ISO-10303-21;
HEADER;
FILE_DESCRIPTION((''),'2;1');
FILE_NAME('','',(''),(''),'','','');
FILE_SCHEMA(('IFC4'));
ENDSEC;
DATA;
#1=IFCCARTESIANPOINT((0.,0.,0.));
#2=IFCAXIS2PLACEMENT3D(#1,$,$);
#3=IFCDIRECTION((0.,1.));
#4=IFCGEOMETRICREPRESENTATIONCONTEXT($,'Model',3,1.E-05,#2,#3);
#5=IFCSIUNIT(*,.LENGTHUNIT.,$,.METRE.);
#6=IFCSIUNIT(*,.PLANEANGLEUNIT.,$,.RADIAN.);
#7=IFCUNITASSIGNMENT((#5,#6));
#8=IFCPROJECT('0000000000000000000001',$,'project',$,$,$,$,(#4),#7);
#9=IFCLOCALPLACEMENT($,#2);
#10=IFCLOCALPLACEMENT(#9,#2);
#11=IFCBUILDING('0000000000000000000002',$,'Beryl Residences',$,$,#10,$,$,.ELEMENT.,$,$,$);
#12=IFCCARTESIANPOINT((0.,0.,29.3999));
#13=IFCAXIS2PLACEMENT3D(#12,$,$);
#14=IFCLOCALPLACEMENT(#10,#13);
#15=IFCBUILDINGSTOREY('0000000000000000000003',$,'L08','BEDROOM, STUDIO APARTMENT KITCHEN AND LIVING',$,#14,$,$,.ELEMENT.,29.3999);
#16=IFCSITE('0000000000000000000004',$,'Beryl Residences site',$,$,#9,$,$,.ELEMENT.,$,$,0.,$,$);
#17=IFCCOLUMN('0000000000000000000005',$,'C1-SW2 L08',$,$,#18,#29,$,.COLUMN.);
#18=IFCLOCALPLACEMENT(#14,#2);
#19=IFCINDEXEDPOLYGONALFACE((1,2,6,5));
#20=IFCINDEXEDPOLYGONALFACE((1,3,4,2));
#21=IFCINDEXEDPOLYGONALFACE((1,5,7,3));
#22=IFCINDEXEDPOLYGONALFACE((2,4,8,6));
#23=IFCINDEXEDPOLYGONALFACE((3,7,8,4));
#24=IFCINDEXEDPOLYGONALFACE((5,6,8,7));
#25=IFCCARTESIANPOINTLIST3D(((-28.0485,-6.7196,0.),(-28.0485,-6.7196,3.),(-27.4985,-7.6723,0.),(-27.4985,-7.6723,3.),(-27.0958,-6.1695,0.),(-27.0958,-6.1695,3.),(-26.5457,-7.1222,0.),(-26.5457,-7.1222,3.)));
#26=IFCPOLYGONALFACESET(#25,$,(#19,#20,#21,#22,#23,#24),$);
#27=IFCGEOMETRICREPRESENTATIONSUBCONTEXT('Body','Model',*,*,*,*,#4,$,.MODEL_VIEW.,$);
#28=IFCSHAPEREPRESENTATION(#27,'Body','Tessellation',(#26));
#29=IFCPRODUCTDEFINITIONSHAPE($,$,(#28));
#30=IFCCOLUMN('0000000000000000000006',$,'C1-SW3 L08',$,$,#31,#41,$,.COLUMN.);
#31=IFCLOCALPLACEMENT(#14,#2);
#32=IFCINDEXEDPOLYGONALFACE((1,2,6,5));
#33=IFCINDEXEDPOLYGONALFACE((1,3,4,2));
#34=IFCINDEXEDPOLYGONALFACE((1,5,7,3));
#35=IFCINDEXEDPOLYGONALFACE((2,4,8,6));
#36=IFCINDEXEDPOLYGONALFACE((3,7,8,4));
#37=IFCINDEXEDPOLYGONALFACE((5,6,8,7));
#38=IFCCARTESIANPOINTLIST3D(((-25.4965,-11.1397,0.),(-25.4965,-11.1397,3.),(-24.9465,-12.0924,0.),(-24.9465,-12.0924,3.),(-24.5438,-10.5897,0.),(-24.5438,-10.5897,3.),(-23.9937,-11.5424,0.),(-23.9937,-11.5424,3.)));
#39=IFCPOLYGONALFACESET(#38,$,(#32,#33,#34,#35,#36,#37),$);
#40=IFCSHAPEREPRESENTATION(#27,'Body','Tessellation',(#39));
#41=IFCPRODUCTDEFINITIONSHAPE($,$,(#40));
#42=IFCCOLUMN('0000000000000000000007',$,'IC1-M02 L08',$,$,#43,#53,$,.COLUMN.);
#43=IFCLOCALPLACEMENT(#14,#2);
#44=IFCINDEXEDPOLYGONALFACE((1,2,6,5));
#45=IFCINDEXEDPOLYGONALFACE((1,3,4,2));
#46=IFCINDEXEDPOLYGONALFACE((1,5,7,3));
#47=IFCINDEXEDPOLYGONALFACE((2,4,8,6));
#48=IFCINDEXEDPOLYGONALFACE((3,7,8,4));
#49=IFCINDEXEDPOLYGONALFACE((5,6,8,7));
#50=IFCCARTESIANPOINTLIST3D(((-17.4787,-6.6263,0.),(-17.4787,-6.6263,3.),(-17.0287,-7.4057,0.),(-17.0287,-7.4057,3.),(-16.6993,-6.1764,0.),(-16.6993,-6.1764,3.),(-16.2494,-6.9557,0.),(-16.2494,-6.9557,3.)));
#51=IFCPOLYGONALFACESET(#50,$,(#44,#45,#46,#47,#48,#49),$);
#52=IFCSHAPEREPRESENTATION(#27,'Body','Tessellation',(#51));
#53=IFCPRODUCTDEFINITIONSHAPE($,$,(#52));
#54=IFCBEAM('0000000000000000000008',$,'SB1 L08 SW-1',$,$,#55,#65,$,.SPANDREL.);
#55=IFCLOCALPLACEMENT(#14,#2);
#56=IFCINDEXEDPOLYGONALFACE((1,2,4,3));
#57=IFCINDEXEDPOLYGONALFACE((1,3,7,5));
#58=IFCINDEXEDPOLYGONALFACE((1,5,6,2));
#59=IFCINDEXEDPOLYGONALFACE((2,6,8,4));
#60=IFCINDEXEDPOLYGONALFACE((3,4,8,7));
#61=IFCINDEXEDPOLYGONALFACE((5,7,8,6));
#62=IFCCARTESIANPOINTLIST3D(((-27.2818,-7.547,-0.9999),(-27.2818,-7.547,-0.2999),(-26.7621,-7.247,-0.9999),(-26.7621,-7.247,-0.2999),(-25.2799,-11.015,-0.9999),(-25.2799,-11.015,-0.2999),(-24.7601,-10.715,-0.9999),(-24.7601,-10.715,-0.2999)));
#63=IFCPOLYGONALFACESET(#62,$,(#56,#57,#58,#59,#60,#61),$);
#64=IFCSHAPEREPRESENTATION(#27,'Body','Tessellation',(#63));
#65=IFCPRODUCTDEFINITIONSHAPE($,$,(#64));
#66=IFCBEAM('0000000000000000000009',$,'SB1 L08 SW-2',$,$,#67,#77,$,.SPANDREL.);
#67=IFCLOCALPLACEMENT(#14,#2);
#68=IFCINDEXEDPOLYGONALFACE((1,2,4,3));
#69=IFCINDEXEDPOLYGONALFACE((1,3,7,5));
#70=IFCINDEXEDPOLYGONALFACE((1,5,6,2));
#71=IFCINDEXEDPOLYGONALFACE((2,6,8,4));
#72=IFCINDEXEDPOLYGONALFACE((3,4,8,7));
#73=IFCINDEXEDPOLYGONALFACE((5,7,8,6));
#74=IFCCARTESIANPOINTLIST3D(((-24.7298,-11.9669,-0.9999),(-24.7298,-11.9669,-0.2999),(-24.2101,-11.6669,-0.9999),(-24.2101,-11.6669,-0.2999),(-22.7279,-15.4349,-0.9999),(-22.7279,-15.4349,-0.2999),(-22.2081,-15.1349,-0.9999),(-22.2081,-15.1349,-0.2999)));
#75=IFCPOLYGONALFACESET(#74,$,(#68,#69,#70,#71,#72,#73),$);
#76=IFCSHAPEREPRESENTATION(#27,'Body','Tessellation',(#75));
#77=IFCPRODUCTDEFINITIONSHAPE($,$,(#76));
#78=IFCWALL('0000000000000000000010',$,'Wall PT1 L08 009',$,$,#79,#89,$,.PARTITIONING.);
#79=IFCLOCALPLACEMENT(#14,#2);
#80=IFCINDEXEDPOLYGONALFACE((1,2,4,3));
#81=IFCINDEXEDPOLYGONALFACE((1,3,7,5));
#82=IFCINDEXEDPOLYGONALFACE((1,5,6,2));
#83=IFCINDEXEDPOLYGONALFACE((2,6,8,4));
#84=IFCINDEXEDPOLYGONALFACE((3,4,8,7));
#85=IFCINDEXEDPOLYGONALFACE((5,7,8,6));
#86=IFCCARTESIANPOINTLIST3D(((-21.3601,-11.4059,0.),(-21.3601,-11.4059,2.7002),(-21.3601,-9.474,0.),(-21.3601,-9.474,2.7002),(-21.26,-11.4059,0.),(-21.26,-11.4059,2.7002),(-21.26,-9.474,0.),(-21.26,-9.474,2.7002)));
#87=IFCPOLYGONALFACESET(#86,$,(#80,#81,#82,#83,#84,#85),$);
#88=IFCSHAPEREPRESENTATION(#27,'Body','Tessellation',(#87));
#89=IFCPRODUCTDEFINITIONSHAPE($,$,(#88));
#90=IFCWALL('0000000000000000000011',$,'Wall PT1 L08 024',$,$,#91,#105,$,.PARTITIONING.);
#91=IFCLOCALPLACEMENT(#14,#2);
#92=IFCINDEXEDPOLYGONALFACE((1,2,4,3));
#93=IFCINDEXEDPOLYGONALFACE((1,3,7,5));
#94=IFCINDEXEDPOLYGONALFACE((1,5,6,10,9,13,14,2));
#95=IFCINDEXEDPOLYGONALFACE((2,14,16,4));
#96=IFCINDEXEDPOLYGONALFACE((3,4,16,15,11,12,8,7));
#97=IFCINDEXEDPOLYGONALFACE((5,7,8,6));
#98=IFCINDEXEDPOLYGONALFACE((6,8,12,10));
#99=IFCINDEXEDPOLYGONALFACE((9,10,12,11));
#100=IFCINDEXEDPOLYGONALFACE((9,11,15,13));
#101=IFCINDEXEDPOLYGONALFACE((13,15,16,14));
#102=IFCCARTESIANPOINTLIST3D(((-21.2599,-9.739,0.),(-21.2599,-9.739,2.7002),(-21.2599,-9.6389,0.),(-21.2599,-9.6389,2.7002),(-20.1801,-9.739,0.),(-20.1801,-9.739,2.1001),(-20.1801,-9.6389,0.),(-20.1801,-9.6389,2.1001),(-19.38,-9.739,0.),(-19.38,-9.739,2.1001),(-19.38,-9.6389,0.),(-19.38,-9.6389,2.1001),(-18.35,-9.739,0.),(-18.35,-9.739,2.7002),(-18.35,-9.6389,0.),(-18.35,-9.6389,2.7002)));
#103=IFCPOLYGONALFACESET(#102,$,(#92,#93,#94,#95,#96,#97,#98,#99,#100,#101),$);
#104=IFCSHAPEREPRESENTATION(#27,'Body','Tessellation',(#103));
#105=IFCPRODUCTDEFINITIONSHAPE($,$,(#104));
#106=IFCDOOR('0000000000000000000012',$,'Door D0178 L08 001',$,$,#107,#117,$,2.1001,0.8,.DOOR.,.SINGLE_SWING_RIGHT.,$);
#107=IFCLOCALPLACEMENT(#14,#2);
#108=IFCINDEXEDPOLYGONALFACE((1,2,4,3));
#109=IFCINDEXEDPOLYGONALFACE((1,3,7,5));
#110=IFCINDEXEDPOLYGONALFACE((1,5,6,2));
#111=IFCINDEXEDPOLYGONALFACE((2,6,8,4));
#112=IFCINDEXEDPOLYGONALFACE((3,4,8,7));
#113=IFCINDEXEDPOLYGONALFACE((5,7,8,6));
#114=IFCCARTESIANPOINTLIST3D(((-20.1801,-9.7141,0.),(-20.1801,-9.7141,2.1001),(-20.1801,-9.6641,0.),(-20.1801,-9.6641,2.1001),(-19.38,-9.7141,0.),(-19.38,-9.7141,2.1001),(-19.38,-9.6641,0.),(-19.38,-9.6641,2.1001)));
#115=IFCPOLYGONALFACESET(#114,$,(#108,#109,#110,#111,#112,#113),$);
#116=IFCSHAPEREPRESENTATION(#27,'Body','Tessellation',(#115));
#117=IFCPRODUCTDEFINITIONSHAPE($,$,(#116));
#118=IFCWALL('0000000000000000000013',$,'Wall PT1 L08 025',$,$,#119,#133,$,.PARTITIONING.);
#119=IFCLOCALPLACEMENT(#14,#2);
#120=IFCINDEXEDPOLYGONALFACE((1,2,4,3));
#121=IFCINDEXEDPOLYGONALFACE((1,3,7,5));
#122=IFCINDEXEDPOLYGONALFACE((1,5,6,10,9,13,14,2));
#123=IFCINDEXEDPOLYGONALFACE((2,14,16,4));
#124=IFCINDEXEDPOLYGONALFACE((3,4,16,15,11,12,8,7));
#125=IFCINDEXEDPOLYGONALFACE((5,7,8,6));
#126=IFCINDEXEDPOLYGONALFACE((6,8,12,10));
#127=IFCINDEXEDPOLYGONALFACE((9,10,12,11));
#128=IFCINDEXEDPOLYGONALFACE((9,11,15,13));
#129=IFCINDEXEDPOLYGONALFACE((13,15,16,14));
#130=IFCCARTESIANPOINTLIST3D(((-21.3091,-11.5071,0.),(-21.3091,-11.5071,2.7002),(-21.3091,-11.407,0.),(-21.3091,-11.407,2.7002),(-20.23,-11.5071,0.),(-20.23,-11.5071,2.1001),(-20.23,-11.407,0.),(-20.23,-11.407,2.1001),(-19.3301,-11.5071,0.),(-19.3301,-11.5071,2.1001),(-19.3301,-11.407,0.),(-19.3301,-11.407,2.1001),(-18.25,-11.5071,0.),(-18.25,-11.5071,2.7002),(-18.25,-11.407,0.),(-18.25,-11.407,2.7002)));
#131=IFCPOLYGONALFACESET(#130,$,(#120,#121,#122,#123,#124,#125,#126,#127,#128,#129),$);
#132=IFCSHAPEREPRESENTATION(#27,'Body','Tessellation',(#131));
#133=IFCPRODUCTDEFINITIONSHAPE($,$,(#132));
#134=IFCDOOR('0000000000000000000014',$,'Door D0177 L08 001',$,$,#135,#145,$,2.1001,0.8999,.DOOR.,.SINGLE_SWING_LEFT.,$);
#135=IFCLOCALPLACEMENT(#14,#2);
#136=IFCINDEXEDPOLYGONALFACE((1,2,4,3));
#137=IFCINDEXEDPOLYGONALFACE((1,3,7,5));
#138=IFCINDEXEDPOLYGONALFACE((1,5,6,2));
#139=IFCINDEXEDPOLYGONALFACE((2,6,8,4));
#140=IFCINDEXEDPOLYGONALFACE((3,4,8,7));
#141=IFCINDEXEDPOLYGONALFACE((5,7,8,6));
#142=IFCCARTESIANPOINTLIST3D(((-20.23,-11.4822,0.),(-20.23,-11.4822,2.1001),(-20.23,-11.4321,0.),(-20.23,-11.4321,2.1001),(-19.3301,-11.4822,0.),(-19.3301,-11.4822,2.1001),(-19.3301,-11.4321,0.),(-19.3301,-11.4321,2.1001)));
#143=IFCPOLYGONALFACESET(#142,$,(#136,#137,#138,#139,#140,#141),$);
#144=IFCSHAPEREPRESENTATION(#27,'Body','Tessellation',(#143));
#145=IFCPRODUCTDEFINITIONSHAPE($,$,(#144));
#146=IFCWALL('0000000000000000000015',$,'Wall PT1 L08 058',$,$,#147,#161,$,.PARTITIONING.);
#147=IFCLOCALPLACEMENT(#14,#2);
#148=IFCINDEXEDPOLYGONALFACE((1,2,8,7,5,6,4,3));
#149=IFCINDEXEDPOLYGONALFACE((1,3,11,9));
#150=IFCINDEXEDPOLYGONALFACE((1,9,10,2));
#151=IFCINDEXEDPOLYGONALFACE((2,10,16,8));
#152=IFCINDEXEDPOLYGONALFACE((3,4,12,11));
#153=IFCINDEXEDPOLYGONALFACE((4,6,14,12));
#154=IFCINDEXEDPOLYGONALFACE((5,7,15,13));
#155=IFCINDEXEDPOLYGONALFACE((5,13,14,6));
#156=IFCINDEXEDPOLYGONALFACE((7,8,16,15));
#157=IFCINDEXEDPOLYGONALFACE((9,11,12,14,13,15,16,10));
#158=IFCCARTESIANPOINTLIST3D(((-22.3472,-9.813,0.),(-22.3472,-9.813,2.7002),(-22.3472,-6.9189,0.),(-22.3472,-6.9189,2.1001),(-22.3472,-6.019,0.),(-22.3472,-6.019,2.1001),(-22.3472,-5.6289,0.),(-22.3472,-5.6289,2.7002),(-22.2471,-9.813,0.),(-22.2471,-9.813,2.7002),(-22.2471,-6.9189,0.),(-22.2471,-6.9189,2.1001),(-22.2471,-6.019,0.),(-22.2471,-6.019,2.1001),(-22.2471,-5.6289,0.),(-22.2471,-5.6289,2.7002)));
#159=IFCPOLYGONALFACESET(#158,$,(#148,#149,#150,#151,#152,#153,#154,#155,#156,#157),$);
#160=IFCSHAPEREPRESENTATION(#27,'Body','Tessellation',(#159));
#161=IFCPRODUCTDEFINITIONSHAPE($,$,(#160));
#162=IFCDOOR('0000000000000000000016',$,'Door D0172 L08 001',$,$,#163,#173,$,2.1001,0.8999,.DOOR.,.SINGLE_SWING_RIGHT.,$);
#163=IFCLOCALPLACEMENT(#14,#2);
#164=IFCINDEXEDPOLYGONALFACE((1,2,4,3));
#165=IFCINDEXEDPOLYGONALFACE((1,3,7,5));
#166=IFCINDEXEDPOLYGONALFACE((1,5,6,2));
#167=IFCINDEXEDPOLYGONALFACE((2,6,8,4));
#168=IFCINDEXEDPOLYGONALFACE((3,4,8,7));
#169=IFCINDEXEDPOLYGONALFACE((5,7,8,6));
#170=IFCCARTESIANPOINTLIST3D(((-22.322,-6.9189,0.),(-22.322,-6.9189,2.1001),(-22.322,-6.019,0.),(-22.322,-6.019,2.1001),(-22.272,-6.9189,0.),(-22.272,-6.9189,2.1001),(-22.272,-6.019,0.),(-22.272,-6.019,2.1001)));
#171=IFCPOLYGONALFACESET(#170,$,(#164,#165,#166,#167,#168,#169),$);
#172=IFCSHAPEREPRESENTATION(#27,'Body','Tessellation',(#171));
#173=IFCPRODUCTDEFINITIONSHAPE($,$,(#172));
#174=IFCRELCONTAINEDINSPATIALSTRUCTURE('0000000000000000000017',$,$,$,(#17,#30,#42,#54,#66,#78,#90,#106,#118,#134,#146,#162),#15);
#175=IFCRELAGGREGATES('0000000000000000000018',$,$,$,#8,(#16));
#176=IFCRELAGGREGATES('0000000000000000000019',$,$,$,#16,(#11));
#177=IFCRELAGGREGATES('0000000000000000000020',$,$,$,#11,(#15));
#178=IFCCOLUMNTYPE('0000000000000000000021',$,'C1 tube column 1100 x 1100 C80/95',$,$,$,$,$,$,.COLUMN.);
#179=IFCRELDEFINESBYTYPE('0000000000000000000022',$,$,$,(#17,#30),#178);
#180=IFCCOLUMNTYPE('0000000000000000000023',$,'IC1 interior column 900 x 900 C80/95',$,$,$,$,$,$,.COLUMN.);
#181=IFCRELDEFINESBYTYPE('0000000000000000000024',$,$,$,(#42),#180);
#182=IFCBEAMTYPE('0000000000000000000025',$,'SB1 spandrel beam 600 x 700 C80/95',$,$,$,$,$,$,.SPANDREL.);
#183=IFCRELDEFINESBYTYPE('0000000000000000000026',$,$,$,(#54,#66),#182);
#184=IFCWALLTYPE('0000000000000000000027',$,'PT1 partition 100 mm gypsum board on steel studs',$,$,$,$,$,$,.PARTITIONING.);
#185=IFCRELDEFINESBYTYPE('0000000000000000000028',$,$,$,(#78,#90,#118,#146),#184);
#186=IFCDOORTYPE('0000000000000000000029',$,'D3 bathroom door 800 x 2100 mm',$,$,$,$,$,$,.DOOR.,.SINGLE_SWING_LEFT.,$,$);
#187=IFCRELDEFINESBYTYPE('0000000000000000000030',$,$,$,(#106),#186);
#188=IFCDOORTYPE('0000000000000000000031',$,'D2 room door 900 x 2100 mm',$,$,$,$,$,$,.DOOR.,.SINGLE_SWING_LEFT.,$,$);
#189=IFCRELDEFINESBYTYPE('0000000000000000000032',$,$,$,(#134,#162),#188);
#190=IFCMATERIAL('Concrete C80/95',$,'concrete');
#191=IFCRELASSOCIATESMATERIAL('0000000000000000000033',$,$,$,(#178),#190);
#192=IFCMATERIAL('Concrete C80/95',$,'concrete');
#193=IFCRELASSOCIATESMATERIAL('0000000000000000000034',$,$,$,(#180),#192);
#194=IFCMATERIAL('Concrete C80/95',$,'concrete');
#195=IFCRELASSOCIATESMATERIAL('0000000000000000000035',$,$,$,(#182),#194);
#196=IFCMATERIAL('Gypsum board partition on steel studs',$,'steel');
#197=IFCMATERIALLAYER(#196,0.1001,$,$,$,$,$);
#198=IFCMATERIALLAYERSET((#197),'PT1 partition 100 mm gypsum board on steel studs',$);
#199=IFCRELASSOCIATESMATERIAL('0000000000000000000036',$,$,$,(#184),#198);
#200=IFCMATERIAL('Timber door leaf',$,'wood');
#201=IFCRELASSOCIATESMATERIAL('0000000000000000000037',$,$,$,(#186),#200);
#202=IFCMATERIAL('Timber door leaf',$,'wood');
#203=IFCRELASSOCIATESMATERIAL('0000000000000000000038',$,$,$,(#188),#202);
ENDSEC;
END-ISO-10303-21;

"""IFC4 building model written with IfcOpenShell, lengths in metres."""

from ifc_helpers import new_model, si_unit, direction, frame, frame_2d, origin, origin_2d, place, context, subcontext, project, spatial, rectangle, extrude, material, layer, layer_set, material_profile, profile_set, type_object, element, fill, save


model = new_model("IFC4")

# Units and contexts
model_context = context("Model", 3, precision=1e-05, world=origin(), true_north=direction((0.0, 1.0)))
body_context = subcontext(model_context, "Body", "Model", "MODEL_VIEW")
ifc_project = project(units=[si_unit("LENGTHUNIT", "METRE"), si_unit("PLANEANGLEUNIT", "RADIAN")], contexts=[model_context])

# Site, building, storey
site_placement = place(None, origin())
site = spatial("IfcSite", under=ifc_project, at=site_placement, Name="Beryl Residences site", CompositionType="ELEMENT", RefElevation=0.0)
building_placement = place(site_placement, origin())
building = spatial("IfcBuilding", under=site, at=building_placement, Name="Beryl Residences", CompositionType="ELEMENT")
storey_placement = place(building_placement, frame((0.0, 0.0, 29.3999)))
storey = spatial("IfcBuildingStorey", under=building, at=storey_placement, Name="L08", Description="BEDROOM, STUDIO APARTMENT KITCHEN AND LIVING", CompositionType="ELEMENT", Elevation=29.3999)

# Columns
ifc_material_1 = material(Name="Concrete C80/95", Category="concrete")
ifc_material_profile_1 = material_profile(ifc_material_1, rectangle(XDim=1.1001, YDim=1.1001, at=origin_2d()))
ifc_profile_set_1 = profile_set([ifc_material_profile_1], Name="Concrete C80/95")
column_type_1 = type_object("IfcColumnType", Name="C1 tube column 1100 x 1100 C80/95", PredefinedType="COLUMN", material=ifc_profile_set_1)
for number, where, z_axis, x_axis, name in (
    (1, (-27.2971, -6.9209, 0.0), (0.0, 0.0, 1.0), (0.499985, -0.866034, 0.0), "C1-SW2 L08"),
    (2, (-24.7451, -11.3411, 0.0), (0.0, 0.0, 1.0), (0.499985, -0.866034, 0.0), "C1-SW3 L08"),
):
    element("IfcColumn", number, at=place(storey_placement, frame(where, z_axis=z_axis, x_axis=x_axis)), inside=storey, type_object=column_type_1, Name=name, PredefinedType="COLUMN", context=body_context, shape_type="SweptSolid", body=[
        extrude(rectangle(XDim=1.1001, YDim=1.1001, at=origin_2d()), origin(), (0.0, 0.0, 1.0), 3.0),
    ])
ifc_material_2 = material(Name="Concrete C80/95", Category="concrete")
ifc_material_profile_2 = material_profile(ifc_material_2, rectangle(XDim=0.8999, YDim=0.8999, at=origin_2d()))
ifc_profile_set_2 = profile_set([ifc_material_profile_2], Name="Concrete C80/95")
column_type_2 = type_object("IfcColumnType", Name="IC1 interior column 900 x 900 C80/95", PredefinedType="COLUMN", material=ifc_profile_set_2)
column_placement = place(storey_placement, frame((-16.864, -6.791, 0.0), z_axis=(0.0, 0.0, 1.0), x_axis=(0.499985, -0.866034, 0.0)))
element("IfcColumn", 3, at=column_placement, inside=storey, type_object=column_type_2, Name="IC1-M02 L08", PredefinedType="COLUMN", context=body_context, shape_type="SweptSolid", body=[
    extrude(rectangle(XDim=0.8999, YDim=0.8999, at=origin_2d()), origin(), (0.0, 0.0, 1.0), 3.0),
])

# Beams
ifc_material_3 = material(Name="Concrete C80/95", Category="concrete")
ifc_material_profile_3 = material_profile(ifc_material_3, rectangle(XDim=0.6001, YDim=0.7, at=origin_2d()))
ifc_profile_set_3 = profile_set([ifc_material_profile_3], Name="Concrete C80/95")
beam_type = type_object("IfcBeamType", Name="SB1 spandrel beam 600 x 700 C80/95", PredefinedType="SPANDREL", material=ifc_profile_set_3)
for number, where, z_axis, x_axis, name in (
    (4, (-27.022, -7.397, -0.6499), (0.499942, -0.866059, 0.0), (0.866059, 0.499942, 0.0), "SB1 L08 SW-1"),
    (5, (-24.47, -11.8169, -0.6499), (0.499942, -0.866059, 0.0), (0.866059, 0.499942, 0.0), "SB1 L08 SW-2"),
):
    element("IfcBeam", number, at=place(storey_placement, frame(where, z_axis=z_axis, x_axis=x_axis)), inside=storey, type_object=beam_type, Name=name, PredefinedType="SPANDREL", context=body_context, shape_type="SweptSolid", body=[
        extrude(rectangle(XDim=0.6001, YDim=0.7, at=origin_2d()), origin(), (0.0, 0.0, 1.0), 4.0044),
    ])

# Wall
ifc_material_4 = material(Name="Gypsum board partition on steel studs", Category="steel")
ifc_layer_1 = layer(ifc_material_4, 0.1001)
ifc_layer_set_1 = layer_set([ifc_layer_1], Name="PT1 partition 100 mm gypsum board on steel studs")
wall_type_1 = type_object("IfcWallType", Name="PT1 partition 100 mm gypsum board on steel studs", PredefinedType="PARTITIONING", material=ifc_layer_set_1)
wall_1_placement = place(storey_placement, frame((-21.3101, -9.4741, 0.0), z_axis=(0.0, 0.0, 1.0), x_axis=(0.0, -1.0, 0.0)))
element("IfcWall", 6, at=wall_1_placement, inside=storey, type_object=wall_type_1, Name="Wall PT1 L08 009", PredefinedType="PARTITIONING", context=body_context, shape_type="SweptSolid", body=[
    extrude(rectangle(XDim=1.9319, YDim=0.1001, at=frame_2d((0.9658, 0.0))), origin(), (0.0, 0.0, 1.0), 2.7002),
])

# Walls, openings, doors
wall_2_placement = place(storey_placement, frame((-21.26, -9.689, 0.0), z_axis=(0.0, 0.0, 1.0), x_axis=(1.0, 0.0, 0.0)))
wall_2 = element("IfcWall", 7, at=wall_2_placement, inside=storey, type_object=wall_type_1, Name="Wall PT1 L08 024", PredefinedType="PARTITIONING", context=body_context, shape_type="SweptSolid", body=[
    extrude(rectangle(XDim=2.9099, YDim=0.1001, at=frame_2d((1.4551, 0.0))), origin(), (0.0, 0.0, 1.0), 2.7002),
])
opening_1_placement = place(wall_2_placement, frame((1.0801, 0.0, 0.0)))
opening_1 = element("IfcOpeningElement", 8, at=opening_1_placement, cuts=wall_2, PredefinedType="OPENING", context=body_context, shape_type="SweptSolid", body=[
    extrude(rectangle(XDim=0.8, YDim=2.1001, at=frame_2d((0.3999, 1.05))), frame((0.0, 0.0601, 0.0), z_axis=(0.0, -1.0, 0.0), x_axis=(1.0, 0.0, 0.0)), (0.0, 0.0, 1.0), 0.1201),
])
ifc_material_5 = material(Name="Timber door leaf", Category="wood")
door_type_1 = type_object("IfcDoorType", Name="D3 bathroom door 800 x 2100 mm", OperationType="SINGLE_SWING_LEFT", PredefinedType="DOOR", material=ifc_material_5)
door_1_placement = place(opening_1_placement, origin())
door_1 = element("IfcDoor", 9, at=door_1_placement, inside=storey, type_object=door_type_1, Name="Door D0178 L08 001", OperationType="SINGLE_SWING_RIGHT", OverallHeight=2.1001, OverallWidth=0.8, PredefinedType="DOOR", context=body_context, shape_type="SweptSolid", body=[
    extrude(rectangle(XDim=0.8, YDim=2.1001, at=frame_2d((0.3999, 1.05))), frame((0.0, 0.0249, 0.0), z_axis=(0.0, -1.0, 0.0), x_axis=(1.0, 0.0, 0.0)), (0.0, 0.0, 1.0), 0.05),
])
fill(opening_1, door_1)
wall_3_placement = place(storey_placement, frame((-21.3091, -11.457, 0.0), z_axis=(0.0, 0.0, 1.0), x_axis=(1.0, 0.0, 0.0)))
wall_3 = element("IfcWall", 10, at=wall_3_placement, inside=storey, type_object=wall_type_1, Name="Wall PT1 L08 025", PredefinedType="PARTITIONING", context=body_context, shape_type="SweptSolid", body=[
    extrude(rectangle(XDim=3.0591, YDim=0.1001, at=frame_2d((1.5295, 0.0))), origin(), (0.0, 0.0, 1.0), 2.7002),
])
opening_2_placement = place(wall_3_placement, frame((1.0791, 0.0, 0.0)))
opening_2 = element("IfcOpeningElement", 11, at=opening_2_placement, cuts=wall_3, PredefinedType="OPENING", context=body_context, shape_type="SweptSolid", body=[
    extrude(rectangle(XDim=0.8999, YDim=2.1001, at=frame_2d((0.45, 1.05))), frame((0.0, 0.0601, 0.0), z_axis=(0.0, -1.0, 0.0), x_axis=(1.0, 0.0, 0.0)), (0.0, 0.0, 1.0), 0.1201),
])
ifc_material_6 = material(Name="Timber door leaf", Category="wood")
door_type_2 = type_object("IfcDoorType", Name="D2 room door 900 x 2100 mm", OperationType="SINGLE_SWING_LEFT", PredefinedType="DOOR", material=ifc_material_6)
door_2_placement = place(opening_2_placement, origin())
door_2 = element("IfcDoor", 12, at=door_2_placement, inside=storey, type_object=door_type_2, Name="Door D0177 L08 001", OperationType="SINGLE_SWING_LEFT", OverallHeight=2.1001, OverallWidth=0.8999, PredefinedType="DOOR", context=body_context, shape_type="SweptSolid", body=[
    extrude(rectangle(XDim=0.8999, YDim=2.1001, at=frame_2d((0.45, 1.05))), frame((0.0, 0.0249, 0.0), z_axis=(0.0, -1.0, 0.0), x_axis=(1.0, 0.0, 0.0)), (0.0, 0.0, 1.0), 0.05),
])
fill(opening_2, door_2)
wall_4_placement = place(storey_placement, frame((-22.2971, -9.813, 0.0), z_axis=(0.0, 0.0, 1.0), x_axis=(0.0, 1.0, 0.0)))
wall_4 = element("IfcWall", 13, at=wall_4_placement, inside=storey, type_object=wall_type_1, Name="Wall PT1 L08 058", PredefinedType="PARTITIONING", context=body_context, shape_type="SweptSolid", body=[
    extrude(rectangle(XDim=4.1841, YDim=0.1001, at=frame_2d((2.092, 0.0))), origin(), (0.0, 0.0, 1.0), 2.7002),
])
opening_3_placement = place(wall_4_placement, frame((2.894, 0.0, 0.0)))
opening_3 = element("IfcOpeningElement", 14, at=opening_3_placement, cuts=wall_4, PredefinedType="OPENING", context=body_context, shape_type="SweptSolid", body=[
    extrude(rectangle(XDim=0.8999, YDim=2.1001, at=frame_2d((0.45, 1.05))), frame((0.0, 0.0601, 0.0), z_axis=(0.0, -1.0, 0.0), x_axis=(1.0, 0.0, 0.0)), (0.0, 0.0, 1.0), 0.1201),
])
door_3_placement = place(opening_3_placement, origin())
door_3 = element("IfcDoor", 15, at=door_3_placement, inside=storey, type_object=door_type_2, Name="Door D0172 L08 001", OperationType="SINGLE_SWING_RIGHT", OverallHeight=2.1001, OverallWidth=0.8999, PredefinedType="DOOR", context=body_context, shape_type="SweptSolid", body=[
    extrude(rectangle(XDim=0.8999, YDim=2.1001, at=frame_2d((0.45, 1.05))), frame((0.0, 0.0249, 0.0), z_axis=(0.0, -1.0, 0.0), x_axis=(1.0, 0.0, 0.0)), (0.0, 0.0, 1.0), 0.05),
])
fill(opening_3, door_3)

save(model, "model.ifc")
